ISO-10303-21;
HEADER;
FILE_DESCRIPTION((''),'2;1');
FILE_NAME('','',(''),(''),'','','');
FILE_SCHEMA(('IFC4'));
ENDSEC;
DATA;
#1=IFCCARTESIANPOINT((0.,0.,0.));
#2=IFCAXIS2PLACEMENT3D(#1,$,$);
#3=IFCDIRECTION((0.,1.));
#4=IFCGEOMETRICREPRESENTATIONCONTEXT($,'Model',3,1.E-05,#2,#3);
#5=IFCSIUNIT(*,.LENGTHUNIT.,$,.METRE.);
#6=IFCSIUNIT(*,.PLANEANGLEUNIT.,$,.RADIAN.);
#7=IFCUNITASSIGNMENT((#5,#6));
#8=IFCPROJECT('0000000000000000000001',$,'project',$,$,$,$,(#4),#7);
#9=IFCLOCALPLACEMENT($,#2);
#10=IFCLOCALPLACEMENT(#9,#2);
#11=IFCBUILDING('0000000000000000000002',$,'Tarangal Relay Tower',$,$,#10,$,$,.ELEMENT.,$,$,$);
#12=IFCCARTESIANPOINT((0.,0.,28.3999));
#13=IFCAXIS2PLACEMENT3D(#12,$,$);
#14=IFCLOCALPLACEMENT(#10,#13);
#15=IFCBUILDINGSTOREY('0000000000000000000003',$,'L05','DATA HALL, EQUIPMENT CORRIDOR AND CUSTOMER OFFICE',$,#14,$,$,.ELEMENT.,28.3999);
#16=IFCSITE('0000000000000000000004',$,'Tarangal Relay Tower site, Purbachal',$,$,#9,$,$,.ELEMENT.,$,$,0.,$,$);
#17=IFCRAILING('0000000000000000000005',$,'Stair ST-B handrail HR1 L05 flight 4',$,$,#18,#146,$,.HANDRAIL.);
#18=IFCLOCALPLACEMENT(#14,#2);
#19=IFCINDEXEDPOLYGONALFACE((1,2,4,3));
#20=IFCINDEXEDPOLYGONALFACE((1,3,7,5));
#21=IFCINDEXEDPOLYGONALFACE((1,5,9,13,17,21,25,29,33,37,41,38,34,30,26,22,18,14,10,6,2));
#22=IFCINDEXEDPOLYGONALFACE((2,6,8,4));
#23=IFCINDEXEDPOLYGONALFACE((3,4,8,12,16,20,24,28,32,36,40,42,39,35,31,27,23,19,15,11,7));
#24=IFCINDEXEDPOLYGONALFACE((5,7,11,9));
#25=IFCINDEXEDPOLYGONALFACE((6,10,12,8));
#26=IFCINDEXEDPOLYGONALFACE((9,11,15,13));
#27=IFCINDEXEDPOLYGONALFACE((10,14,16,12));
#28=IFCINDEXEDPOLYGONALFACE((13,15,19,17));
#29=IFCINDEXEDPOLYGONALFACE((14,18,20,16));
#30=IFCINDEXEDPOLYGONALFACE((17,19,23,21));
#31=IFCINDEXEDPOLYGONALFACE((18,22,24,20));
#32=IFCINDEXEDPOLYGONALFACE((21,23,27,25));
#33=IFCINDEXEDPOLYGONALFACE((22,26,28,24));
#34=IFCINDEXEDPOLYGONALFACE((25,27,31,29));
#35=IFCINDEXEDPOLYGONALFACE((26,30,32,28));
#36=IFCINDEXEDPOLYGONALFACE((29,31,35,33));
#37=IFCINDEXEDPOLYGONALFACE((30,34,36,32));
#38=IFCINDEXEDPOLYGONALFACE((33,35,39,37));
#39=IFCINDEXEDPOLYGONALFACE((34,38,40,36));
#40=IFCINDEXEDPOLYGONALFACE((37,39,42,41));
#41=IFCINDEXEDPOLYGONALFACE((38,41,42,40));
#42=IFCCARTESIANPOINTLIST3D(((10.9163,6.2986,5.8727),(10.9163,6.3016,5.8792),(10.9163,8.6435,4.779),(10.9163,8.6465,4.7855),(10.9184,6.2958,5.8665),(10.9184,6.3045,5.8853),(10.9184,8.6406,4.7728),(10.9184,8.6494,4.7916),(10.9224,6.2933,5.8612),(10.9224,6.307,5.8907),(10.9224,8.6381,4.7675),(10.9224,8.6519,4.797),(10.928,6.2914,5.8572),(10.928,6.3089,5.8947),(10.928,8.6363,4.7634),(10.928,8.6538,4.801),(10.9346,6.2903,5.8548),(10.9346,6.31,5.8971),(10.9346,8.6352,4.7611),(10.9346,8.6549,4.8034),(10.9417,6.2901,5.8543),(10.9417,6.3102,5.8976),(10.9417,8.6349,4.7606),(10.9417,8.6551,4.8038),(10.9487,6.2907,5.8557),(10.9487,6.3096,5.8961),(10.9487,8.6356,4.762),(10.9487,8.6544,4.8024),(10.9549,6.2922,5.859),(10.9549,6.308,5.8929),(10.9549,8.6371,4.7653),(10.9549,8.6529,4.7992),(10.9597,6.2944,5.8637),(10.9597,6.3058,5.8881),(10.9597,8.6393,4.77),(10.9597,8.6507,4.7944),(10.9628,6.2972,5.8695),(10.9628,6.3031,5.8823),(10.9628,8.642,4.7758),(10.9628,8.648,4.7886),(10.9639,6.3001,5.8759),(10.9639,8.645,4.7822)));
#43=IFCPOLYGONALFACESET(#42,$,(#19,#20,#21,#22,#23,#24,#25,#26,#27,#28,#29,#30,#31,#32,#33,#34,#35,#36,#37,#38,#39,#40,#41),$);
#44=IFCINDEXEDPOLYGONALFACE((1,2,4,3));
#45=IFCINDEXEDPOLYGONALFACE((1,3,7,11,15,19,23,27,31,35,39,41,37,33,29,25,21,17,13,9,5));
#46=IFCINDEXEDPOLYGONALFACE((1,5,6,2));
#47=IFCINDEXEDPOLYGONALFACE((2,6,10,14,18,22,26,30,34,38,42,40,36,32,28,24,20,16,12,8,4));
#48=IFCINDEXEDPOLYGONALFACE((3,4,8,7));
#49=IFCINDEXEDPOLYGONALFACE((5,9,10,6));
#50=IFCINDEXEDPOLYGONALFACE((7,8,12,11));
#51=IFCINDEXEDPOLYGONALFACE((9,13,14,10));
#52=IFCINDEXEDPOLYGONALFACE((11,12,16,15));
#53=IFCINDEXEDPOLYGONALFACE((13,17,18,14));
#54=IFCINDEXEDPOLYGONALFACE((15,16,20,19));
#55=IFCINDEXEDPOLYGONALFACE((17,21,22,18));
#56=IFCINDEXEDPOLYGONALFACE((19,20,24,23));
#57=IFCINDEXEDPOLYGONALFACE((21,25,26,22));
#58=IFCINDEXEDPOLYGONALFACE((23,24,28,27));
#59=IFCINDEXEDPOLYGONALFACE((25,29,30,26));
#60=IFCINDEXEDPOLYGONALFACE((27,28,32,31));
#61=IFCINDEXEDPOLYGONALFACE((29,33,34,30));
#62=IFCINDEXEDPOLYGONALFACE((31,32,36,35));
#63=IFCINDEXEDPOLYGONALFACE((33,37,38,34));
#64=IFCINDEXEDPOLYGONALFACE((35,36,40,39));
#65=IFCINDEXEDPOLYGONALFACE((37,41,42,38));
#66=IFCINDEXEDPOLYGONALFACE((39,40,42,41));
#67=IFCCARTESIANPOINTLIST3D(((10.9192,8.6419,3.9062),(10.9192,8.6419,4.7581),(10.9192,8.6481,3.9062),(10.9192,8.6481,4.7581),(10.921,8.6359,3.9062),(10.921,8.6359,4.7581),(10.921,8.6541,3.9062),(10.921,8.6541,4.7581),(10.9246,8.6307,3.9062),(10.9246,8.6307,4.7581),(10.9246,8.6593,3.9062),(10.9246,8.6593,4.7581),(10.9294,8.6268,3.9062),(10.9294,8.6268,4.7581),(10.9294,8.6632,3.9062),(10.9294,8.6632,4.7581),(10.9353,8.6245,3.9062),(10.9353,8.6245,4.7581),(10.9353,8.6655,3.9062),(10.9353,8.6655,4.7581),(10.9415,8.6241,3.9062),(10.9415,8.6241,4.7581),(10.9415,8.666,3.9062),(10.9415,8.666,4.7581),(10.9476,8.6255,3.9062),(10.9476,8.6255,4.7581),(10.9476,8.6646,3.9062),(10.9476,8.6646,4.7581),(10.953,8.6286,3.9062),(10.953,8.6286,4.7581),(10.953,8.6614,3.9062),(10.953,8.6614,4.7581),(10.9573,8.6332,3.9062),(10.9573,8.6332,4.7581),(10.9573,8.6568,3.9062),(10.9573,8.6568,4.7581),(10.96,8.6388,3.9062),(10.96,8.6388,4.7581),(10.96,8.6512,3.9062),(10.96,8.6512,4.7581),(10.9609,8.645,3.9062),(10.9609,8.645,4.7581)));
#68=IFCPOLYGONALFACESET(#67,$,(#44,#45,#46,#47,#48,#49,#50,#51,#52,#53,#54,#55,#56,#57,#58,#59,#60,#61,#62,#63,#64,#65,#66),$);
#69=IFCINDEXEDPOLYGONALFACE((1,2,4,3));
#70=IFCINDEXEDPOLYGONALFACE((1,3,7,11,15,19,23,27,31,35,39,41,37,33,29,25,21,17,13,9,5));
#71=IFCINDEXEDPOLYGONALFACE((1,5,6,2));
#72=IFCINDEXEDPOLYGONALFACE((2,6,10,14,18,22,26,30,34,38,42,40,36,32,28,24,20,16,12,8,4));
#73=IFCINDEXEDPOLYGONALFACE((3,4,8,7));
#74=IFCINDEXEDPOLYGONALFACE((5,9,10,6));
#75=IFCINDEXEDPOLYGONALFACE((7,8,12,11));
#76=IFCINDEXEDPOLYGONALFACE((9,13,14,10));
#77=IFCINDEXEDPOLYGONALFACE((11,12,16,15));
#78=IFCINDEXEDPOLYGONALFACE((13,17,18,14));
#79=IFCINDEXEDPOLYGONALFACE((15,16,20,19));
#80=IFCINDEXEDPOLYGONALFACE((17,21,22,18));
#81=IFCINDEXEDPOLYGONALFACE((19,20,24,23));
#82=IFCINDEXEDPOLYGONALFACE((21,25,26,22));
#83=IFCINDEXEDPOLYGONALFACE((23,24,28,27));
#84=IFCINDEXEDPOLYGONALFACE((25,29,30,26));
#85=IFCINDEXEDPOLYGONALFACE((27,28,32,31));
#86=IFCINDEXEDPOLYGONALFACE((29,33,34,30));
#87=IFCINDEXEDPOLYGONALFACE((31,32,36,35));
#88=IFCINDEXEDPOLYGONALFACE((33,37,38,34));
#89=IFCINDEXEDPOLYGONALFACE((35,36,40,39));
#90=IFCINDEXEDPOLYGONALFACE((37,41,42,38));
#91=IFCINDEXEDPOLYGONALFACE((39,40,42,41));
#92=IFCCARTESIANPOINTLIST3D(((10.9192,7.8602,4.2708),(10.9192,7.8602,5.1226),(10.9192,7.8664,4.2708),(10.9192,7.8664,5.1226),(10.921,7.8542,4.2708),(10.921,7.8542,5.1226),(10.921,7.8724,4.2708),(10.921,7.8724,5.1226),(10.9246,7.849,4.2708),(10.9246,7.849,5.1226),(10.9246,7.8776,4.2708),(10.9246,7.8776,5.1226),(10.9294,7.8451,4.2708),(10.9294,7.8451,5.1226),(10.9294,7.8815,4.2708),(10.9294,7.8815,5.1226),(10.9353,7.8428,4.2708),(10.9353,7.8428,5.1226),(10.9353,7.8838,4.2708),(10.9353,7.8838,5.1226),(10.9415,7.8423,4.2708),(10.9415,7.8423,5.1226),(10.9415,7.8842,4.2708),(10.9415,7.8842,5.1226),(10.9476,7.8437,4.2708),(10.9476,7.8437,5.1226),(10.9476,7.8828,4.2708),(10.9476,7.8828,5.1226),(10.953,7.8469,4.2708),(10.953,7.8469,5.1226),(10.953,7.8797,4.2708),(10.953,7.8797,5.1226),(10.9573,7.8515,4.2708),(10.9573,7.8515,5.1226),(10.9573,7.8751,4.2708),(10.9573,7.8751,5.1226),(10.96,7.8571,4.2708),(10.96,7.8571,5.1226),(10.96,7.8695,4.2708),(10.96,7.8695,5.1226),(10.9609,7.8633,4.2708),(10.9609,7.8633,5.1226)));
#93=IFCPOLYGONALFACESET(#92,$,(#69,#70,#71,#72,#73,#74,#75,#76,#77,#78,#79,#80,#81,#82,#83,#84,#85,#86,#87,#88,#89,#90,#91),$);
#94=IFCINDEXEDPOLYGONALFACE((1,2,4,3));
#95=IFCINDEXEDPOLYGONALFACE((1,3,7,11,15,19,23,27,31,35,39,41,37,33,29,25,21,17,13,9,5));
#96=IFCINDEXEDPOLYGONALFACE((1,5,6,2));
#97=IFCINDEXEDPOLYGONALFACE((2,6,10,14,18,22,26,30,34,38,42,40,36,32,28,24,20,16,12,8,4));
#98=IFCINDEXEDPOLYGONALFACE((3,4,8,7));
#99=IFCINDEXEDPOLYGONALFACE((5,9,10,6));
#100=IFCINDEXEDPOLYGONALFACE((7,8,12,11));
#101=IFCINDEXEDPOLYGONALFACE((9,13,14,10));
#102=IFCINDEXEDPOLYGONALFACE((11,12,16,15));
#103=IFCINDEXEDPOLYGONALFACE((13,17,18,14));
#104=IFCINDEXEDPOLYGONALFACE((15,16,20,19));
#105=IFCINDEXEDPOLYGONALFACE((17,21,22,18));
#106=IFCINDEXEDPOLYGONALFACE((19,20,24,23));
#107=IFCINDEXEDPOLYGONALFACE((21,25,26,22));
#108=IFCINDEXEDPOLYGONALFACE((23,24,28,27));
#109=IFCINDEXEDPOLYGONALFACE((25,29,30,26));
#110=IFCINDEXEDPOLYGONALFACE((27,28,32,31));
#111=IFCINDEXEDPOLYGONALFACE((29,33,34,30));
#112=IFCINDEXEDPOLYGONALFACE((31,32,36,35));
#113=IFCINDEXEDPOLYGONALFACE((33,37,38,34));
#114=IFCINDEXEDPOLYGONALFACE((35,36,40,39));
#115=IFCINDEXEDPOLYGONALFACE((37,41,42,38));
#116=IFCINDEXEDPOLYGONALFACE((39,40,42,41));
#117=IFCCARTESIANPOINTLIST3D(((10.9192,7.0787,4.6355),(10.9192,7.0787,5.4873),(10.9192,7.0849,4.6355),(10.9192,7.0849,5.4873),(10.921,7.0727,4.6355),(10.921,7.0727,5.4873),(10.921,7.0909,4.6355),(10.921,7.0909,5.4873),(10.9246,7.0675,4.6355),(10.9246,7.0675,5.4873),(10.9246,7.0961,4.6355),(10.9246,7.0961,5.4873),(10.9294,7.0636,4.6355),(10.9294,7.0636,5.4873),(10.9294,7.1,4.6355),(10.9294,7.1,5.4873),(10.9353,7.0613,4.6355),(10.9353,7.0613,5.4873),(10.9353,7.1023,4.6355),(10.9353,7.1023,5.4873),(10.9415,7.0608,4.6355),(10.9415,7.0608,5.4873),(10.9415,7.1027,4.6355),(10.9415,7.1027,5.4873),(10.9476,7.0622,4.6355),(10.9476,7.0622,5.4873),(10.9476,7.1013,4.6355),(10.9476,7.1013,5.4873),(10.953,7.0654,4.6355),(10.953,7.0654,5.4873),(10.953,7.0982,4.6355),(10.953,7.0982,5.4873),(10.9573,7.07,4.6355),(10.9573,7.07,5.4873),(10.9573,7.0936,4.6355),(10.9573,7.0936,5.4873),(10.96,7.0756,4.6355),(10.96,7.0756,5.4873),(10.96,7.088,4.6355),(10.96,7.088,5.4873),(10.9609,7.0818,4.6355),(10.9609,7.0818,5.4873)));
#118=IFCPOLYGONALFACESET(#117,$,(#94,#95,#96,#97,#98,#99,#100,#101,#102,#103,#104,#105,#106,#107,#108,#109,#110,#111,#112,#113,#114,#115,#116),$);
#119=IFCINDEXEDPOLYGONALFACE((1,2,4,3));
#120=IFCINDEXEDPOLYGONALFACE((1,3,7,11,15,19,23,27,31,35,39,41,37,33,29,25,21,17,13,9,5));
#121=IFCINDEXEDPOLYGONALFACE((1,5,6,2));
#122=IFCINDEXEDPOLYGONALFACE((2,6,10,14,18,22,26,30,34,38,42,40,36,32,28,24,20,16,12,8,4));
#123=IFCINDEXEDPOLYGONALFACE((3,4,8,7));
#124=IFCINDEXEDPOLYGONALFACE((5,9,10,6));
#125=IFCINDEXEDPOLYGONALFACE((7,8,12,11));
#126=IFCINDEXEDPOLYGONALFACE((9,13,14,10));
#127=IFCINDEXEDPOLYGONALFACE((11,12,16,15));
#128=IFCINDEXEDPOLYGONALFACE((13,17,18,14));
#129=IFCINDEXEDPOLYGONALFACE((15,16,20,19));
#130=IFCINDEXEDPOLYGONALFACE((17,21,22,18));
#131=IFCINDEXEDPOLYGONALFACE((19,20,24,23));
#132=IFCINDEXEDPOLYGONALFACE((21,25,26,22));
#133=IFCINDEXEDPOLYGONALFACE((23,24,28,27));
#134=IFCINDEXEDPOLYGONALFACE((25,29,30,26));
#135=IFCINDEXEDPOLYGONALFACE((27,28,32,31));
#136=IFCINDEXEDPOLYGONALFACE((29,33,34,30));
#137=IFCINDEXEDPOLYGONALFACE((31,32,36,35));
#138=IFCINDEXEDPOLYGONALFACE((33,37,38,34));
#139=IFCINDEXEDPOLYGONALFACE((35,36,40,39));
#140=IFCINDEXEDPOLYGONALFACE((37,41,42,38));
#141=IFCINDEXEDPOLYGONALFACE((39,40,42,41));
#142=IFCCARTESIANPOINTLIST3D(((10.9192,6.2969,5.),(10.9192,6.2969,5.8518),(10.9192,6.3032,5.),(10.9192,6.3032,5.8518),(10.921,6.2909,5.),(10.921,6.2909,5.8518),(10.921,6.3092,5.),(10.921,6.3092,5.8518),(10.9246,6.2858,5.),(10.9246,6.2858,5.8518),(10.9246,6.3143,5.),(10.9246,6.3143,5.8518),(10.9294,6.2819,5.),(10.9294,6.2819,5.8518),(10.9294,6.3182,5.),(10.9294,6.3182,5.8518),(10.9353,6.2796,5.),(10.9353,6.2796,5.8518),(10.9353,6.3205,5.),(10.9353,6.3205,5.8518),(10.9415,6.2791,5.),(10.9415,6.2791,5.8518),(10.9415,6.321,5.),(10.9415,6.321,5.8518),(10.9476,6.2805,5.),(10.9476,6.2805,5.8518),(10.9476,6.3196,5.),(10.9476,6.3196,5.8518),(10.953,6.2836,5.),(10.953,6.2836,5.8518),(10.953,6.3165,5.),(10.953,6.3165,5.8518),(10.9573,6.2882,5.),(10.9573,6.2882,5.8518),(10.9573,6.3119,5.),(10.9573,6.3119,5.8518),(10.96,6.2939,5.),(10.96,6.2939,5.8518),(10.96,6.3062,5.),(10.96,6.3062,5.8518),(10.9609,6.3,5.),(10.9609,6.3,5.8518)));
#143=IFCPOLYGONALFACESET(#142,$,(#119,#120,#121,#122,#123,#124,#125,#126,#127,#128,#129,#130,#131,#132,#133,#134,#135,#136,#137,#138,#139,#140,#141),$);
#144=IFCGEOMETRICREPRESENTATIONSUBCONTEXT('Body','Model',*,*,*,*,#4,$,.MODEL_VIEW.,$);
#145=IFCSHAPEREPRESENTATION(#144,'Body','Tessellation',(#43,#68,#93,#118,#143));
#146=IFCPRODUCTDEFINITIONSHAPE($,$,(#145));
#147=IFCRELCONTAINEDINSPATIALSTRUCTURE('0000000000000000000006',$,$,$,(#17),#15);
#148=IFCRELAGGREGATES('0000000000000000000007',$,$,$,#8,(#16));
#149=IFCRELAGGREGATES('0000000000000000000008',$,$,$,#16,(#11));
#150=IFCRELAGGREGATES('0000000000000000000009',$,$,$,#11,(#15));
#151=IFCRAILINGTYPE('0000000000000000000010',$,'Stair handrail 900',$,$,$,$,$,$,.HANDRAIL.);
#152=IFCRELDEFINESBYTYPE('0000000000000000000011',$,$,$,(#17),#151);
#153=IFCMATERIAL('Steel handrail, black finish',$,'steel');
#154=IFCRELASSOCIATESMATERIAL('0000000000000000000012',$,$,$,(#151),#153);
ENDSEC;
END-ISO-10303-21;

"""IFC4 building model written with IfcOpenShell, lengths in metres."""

from ifc_helpers import new_model, si_unit, direction, frame, origin, origin_2d, place, context, subcontext, project, spatial, circle, extrude, material, type_object, element, save


model = new_model("IFC4")

# Units and contexts
model_context = context("Model", 3, precision=1e-05, world=origin(), true_north=direction((0.0, 1.0)))
body_context = subcontext(model_context, "Body", "Model", "MODEL_VIEW")
ifc_project = project(units=[si_unit("LENGTHUNIT", "METRE"), si_unit("PLANEANGLEUNIT", "RADIAN")], contexts=[model_context])

# Site, building, storey
site_placement = place(None, origin())
site = spatial("IfcSite", under=ifc_project, at=site_placement, Name="Tarangal Relay Tower site, Purbachal", CompositionType="ELEMENT", RefElevation=0.0)
building_placement = place(site_placement, origin())
building = spatial("IfcBuilding", under=site, at=building_placement, Name="Tarangal Relay Tower", CompositionType="ELEMENT")
storey_placement = place(building_placement, frame((0.0, 0.0, 28.3999)))
storey = spatial("IfcBuildingStorey", under=building, at=storey_placement, Name="L05", Description="DATA HALL, EQUIPMENT CORRIDOR AND CUSTOMER OFFICE", CompositionType="ELEMENT", Elevation=28.3999)

# Railing
ifc_material_1 = material(Name="Steel handrail, black finish", Category="steel")
railing_type_1 = type_object("IfcRailingType", Name="Stair handrail 900", PredefinedType="HANDRAIL", material=ifc_material_1)
for number, where, name in (
    (1, (10.9399, 8.645, 3.9062), "Stair ST-B handrail HR1 L05 flight 4"),
):
    element("IfcRailing", number, at=place(storey_placement, frame(where)), inside=storey, type_object=railing_type_1, Name=name, PredefinedType="HANDRAIL", context=body_context, shape_type="SweptSolid", body=[
        extrude(circle(Radius=0.0239, at=origin_2d()), frame((0.0, 0.0, 0.876), z_axis=(0.0, -0.906267, 0.422705), x_axis=(1.0, 0.0, 0.0)), (0.0, 0.0, 1.0), 2.5874),
        extrude(circle(Radius=0.021, at=origin_2d()), origin(), (0.0, 0.0, 1.0), 0.8518),
        extrude(circle(Radius=0.021, at=origin_2d()), frame((0.0, -0.7817, 0.3645)), (0.0, 0.0, 1.0), 0.8518),
        extrude(circle(Radius=0.021, at=origin_2d()), frame((0.0, -1.5632, 0.7292)), (0.0, 0.0, 1.0), 0.8518),
        extrude(circle(Radius=0.021, at=origin_2d()), frame((0.0, -2.345, 1.0938)), (0.0, 0.0, 1.0), 0.8518),
    ])

save(model, "model.ifc")
